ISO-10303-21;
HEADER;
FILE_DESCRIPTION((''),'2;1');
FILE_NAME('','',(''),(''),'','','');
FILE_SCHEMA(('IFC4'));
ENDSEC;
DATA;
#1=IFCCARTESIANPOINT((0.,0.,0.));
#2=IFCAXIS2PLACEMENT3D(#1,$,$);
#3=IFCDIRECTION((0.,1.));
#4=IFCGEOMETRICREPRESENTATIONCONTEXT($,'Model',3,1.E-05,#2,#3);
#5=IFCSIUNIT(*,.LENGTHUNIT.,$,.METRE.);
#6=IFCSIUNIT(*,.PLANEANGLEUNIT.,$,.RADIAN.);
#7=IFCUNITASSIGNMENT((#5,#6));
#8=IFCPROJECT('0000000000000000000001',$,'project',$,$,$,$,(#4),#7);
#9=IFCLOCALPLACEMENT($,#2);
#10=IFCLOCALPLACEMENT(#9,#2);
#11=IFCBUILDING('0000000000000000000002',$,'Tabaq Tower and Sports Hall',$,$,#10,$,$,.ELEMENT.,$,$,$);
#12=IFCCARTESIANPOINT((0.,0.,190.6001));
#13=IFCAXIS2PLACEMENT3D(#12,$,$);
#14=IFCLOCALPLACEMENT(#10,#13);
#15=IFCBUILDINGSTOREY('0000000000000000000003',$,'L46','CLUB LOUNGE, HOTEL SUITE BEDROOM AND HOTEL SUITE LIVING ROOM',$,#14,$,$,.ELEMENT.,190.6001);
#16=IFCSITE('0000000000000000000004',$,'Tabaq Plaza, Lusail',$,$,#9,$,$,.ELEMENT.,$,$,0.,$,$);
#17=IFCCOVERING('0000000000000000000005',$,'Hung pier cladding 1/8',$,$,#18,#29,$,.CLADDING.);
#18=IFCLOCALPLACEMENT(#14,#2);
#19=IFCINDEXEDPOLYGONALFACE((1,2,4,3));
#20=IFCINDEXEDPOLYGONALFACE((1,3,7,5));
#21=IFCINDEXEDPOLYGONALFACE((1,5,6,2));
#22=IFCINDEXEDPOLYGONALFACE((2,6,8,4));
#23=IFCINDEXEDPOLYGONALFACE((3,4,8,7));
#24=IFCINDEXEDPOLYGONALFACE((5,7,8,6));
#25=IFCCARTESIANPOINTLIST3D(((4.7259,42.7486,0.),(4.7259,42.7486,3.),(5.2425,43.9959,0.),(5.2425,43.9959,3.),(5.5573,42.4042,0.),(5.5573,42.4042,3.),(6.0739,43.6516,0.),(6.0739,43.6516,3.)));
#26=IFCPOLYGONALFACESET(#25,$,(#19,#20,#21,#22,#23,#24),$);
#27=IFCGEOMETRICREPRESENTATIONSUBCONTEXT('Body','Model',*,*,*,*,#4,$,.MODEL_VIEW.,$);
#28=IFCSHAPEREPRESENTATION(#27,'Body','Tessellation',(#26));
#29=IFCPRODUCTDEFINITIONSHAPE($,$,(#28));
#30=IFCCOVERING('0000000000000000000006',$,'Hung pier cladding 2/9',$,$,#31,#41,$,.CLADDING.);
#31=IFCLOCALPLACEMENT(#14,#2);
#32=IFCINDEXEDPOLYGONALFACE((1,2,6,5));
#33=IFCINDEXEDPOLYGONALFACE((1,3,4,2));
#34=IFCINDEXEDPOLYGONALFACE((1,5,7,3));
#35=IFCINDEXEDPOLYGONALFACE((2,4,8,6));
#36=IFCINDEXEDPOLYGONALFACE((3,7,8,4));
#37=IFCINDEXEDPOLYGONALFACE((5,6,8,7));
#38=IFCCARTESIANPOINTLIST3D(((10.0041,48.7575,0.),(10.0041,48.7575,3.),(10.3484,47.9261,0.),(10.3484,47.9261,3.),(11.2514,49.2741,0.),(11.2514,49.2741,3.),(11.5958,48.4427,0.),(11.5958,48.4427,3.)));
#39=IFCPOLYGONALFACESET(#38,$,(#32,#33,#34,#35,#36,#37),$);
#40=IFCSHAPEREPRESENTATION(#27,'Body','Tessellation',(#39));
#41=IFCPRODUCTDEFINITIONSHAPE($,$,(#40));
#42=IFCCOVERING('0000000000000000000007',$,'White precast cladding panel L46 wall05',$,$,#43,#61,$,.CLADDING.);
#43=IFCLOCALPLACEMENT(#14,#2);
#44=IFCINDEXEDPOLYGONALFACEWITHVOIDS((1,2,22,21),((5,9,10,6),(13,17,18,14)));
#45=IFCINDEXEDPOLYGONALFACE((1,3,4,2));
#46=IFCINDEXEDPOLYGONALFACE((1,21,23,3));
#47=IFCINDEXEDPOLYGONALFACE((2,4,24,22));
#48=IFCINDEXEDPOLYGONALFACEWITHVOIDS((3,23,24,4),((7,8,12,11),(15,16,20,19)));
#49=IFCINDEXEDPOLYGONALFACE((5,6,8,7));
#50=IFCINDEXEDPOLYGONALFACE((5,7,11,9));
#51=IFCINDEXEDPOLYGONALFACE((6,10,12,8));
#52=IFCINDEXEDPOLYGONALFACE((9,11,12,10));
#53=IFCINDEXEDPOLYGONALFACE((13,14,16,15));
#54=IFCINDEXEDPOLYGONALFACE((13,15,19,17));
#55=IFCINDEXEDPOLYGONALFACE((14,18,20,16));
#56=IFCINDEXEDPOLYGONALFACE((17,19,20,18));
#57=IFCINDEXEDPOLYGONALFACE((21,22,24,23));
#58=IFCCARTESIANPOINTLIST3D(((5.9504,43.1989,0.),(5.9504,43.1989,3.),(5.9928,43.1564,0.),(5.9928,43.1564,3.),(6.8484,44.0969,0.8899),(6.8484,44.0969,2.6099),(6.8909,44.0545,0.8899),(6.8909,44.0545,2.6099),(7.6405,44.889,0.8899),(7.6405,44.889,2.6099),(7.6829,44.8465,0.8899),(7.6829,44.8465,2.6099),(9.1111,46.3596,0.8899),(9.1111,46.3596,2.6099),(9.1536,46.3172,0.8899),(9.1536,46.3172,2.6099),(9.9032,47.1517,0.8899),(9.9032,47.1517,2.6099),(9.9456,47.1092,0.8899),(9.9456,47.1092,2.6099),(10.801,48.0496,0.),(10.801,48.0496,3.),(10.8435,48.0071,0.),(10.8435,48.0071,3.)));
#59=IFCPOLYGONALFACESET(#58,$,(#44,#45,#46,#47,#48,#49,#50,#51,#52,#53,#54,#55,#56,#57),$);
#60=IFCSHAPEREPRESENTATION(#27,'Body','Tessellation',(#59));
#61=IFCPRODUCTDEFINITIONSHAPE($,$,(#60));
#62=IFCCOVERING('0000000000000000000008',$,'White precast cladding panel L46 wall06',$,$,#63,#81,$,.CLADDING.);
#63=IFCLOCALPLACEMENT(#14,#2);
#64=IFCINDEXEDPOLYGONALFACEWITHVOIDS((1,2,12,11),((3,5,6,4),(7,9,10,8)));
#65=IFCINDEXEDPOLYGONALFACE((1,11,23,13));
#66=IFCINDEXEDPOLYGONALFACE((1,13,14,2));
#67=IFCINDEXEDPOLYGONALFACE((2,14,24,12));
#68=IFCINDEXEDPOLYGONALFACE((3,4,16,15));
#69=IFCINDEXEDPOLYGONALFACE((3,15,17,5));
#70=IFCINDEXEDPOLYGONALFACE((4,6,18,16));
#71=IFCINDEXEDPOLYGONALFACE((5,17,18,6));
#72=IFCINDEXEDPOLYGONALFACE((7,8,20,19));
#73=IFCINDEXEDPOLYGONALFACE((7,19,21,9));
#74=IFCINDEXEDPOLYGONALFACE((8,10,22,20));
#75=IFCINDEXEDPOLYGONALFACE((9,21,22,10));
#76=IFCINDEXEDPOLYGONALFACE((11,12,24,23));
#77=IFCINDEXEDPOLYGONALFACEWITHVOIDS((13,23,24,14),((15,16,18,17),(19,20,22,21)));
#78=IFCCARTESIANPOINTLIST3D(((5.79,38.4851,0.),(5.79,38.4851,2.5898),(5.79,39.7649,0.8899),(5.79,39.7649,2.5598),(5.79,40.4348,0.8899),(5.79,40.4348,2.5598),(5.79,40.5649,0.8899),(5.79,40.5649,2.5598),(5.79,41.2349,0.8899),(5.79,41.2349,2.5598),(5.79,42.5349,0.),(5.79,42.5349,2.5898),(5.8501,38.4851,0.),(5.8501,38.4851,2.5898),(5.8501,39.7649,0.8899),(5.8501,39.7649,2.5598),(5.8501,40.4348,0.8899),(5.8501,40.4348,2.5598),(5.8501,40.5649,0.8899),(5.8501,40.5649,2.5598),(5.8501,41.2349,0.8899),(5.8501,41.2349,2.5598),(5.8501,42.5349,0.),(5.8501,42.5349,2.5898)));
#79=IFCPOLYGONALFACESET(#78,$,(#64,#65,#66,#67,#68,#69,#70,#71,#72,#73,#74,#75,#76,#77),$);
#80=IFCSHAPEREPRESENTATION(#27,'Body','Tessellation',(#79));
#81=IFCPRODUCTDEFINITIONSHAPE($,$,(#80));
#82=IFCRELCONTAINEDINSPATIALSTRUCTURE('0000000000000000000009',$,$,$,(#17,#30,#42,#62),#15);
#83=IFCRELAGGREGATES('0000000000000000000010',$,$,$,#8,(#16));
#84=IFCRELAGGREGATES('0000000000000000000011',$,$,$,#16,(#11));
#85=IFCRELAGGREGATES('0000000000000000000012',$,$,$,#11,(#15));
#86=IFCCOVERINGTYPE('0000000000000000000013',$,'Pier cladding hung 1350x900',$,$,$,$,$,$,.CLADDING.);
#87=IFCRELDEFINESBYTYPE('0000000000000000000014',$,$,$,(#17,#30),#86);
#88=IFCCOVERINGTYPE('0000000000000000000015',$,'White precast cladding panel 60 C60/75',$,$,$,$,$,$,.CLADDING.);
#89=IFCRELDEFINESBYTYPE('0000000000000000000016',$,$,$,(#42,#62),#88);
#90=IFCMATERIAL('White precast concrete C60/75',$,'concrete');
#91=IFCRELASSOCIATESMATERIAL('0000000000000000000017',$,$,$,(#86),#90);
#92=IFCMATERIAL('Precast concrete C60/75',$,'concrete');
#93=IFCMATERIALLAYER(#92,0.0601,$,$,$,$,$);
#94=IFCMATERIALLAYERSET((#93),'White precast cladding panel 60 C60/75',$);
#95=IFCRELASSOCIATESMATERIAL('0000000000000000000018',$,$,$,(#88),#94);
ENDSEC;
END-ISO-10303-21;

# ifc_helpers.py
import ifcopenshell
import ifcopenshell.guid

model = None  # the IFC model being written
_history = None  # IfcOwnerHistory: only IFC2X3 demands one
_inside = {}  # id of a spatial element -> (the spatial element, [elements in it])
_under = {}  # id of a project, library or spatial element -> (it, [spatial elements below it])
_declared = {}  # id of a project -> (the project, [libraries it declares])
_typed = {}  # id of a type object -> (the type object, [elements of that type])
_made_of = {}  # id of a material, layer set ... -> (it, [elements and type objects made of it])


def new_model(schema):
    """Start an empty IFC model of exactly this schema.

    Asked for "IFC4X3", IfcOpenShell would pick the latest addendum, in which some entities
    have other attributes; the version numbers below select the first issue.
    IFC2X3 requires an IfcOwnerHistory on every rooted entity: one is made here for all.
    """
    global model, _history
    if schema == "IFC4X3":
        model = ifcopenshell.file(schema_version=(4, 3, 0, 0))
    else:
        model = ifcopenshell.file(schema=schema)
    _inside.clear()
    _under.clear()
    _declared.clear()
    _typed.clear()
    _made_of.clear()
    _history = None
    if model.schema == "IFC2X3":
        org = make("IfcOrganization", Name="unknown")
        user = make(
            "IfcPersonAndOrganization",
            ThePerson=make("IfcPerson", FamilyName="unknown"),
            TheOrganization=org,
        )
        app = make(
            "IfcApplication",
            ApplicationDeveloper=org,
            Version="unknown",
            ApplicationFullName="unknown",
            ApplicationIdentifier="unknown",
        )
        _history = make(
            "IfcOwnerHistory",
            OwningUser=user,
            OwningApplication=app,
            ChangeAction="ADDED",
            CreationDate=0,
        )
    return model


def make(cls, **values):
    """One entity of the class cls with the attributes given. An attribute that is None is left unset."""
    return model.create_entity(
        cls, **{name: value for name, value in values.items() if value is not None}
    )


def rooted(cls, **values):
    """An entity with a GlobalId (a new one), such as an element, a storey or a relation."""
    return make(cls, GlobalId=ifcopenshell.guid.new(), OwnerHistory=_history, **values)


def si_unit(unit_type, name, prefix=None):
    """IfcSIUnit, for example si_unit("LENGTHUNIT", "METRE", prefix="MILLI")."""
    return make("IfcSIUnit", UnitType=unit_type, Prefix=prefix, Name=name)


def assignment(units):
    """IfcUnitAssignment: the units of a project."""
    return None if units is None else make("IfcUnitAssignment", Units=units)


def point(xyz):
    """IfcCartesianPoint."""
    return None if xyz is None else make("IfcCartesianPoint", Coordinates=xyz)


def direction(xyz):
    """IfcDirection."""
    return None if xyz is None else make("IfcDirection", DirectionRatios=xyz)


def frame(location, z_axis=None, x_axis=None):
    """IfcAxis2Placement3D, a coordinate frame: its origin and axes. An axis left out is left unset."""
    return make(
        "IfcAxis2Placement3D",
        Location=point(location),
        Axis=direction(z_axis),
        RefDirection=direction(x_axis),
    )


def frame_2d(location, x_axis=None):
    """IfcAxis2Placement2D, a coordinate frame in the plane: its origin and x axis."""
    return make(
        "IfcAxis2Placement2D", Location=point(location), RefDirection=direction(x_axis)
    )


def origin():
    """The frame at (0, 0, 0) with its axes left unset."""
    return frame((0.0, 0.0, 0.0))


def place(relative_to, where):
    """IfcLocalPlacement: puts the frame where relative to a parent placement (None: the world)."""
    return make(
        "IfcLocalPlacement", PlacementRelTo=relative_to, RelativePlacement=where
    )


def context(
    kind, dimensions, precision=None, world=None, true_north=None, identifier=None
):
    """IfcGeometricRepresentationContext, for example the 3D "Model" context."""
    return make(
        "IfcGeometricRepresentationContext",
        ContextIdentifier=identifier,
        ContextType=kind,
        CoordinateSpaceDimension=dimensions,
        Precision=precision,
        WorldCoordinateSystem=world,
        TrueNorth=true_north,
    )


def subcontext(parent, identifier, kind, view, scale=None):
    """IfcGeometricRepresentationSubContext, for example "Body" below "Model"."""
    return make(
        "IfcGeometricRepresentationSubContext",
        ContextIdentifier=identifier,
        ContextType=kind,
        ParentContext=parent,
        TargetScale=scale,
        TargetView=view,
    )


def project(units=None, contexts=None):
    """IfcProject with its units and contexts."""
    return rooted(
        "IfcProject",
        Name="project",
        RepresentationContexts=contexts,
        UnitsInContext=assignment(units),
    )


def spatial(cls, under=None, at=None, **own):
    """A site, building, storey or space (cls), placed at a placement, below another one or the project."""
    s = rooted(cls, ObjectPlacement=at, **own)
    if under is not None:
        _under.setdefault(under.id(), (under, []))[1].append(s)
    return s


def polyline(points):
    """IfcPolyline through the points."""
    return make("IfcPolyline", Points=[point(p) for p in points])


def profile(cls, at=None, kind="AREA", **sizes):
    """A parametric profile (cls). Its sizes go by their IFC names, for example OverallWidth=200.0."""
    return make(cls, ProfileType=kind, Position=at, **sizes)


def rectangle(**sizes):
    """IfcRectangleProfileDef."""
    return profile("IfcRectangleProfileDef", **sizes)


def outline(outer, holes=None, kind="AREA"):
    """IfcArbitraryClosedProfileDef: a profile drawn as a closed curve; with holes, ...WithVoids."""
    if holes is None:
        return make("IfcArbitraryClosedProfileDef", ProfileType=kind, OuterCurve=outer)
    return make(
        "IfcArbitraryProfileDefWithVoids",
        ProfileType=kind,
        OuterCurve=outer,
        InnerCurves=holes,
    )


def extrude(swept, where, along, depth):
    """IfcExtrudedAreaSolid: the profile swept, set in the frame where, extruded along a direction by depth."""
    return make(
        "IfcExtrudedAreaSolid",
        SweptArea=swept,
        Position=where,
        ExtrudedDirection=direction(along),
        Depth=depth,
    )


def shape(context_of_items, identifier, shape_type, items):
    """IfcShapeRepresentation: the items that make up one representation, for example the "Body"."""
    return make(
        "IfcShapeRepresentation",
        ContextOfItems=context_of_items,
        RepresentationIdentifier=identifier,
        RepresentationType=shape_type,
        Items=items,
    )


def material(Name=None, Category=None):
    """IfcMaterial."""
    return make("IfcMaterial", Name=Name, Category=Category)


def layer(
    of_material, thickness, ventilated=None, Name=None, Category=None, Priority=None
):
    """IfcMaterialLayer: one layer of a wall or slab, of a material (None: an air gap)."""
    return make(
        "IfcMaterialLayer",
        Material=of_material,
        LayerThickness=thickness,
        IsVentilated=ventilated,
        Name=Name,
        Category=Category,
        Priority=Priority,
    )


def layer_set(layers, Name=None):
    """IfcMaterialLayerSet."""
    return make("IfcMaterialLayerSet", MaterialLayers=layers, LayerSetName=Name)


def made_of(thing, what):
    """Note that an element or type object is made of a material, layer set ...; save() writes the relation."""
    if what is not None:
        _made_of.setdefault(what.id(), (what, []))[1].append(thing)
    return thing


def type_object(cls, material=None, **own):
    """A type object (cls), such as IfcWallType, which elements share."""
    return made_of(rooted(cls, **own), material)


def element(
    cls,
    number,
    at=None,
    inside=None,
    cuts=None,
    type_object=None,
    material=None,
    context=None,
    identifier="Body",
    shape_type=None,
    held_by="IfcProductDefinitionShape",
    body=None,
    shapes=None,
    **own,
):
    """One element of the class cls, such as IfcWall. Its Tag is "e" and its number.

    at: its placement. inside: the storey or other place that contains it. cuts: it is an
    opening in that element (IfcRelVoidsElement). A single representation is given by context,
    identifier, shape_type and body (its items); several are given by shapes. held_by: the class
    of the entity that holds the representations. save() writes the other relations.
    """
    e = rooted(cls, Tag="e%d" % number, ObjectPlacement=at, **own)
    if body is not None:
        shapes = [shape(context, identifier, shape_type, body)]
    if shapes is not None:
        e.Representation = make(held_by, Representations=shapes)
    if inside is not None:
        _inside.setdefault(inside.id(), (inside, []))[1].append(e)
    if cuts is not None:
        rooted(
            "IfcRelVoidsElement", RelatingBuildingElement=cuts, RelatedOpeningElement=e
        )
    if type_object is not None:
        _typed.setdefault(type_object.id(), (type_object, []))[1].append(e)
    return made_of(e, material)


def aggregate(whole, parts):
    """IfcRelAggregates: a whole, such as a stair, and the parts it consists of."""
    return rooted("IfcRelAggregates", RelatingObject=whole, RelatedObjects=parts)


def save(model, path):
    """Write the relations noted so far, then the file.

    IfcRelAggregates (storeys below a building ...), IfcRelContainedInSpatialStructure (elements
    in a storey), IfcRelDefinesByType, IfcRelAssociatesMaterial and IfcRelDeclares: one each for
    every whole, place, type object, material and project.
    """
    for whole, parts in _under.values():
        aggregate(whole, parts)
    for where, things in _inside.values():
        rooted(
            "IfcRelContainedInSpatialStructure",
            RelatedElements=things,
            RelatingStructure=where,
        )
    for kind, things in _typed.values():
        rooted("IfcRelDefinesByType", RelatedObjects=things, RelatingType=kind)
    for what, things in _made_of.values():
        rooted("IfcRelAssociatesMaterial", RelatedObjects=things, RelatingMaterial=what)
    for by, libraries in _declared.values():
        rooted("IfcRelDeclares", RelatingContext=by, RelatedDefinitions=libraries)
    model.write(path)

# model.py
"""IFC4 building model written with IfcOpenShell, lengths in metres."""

from ifc_helpers import new_model, si_unit, direction, frame, frame_2d, origin, place, context, subcontext, project, spatial, polyline, rectangle, outline, extrude, material, layer, layer_set, type_object, element, save


model = new_model("IFC4")

# Units and contexts
model_context = context("Model", 3, precision=1e-05, world=origin(), true_north=direction((0.0, 1.0)))
body_context = subcontext(model_context, "Body", "Model", "MODEL_VIEW")
ifc_project = project(units=[si_unit("LENGTHUNIT", "METRE"), si_unit("PLANEANGLEUNIT", "RADIAN")], contexts=[model_context])

# Site, building, storey
site_placement = place(None, origin())
site = spatial("IfcSite", under=ifc_project, at=site_placement, Name="Tabaq Plaza, Lusail", CompositionType="ELEMENT", RefElevation=0.0)
building_placement = place(site_placement, origin())
building = spatial("IfcBuilding", under=site, at=building_placement, Name="Tabaq Tower and Sports Hall", CompositionType="ELEMENT")
storey_placement = place(building_placement, frame((0.0, 0.0, 190.6001)))
storey = spatial("IfcBuildingStorey", under=building, at=storey_placement, Name="L46", Description="CLUB LOUNGE, HOTEL SUITE BEDROOM AND HOTEL SUITE LIVING ROOM", CompositionType="ELEMENT", Elevation=190.6001)

# Coverings
ifc_material_1 = material(Name="White precast concrete C60/75", Category="concrete")
covering_type_1 = type_object("IfcCoveringType", Name="Pier cladding hung 1350x900", PredefinedType="CLADDING", material=ifc_material_1)
for number, where, z_axis, x_axis, name in (
    (1, (5.6582, 43.8237, 0.0), (0.0, 0.0, 1.0), (-0.38265, -0.923893, 0.0), "Hung pier cladding 1/8"),
    (2, (11.4236, 48.8584, 0.0), (0.0, 0.0, 1.0), (-0.923893, -0.38265, 0.0), "Hung pier cladding 2/9"),
):
    element("IfcCovering", number, at=place(storey_placement, frame(where, z_axis=z_axis, x_axis=x_axis)), inside=storey, type_object=covering_type_1, Name=name, PredefinedType="CLADDING", context=body_context, shape_type="SweptSolid", body=[
        extrude(rectangle(XDim=1.3501, YDim=0.8999, at=frame_2d((0.675, 0.0))), origin(), (0.0, 0.0, 1.0), 3.0),
    ])
ifc_material_2 = material(Name="Precast concrete C60/75", Category="concrete")
ifc_layer_1 = layer(ifc_material_2, 0.0601)
ifc_layer_set_1 = layer_set([ifc_layer_1], Name="White precast cladding panel 60 C60/75")
covering_type_2 = type_object("IfcCoveringType", Name="White precast cladding panel 60 C60/75", PredefinedType="CLADDING", material=ifc_layer_set_1)
covering_1_placement = place(storey_placement, frame((10.8223, 48.0283, 0.0), z_axis=(0.0, 0.0, 1.0), x_axis=(-0.707107, -0.707107, 0.0)))
element("IfcCovering", 3, at=covering_1_placement, inside=storey, type_object=covering_type_2, Name="White precast cladding panel L46 wall05", PredefinedType="CLADDING", context=body_context, shape_type="SweptSolid", body=[
    extrude(outline(polyline([(0.0, 0.0), (6.8599, 0.0), (6.8599, 3.0), (0.0, 3.0), (0.0, 0.0)]), holes=[polyline([(1.2698, 2.6099), (2.3899, 2.6099), (2.3899, 0.8899), (1.2698, 0.8899), (1.2698, 2.6099)]), polyline([(4.4697, 2.6099), (5.5898, 2.6099), (5.5898, 0.8899), (4.4697, 0.8899), (4.4697, 2.6099)])]), frame((0.0, 0.03, 0.0), z_axis=(0.0, -1.0, 0.0), x_axis=(1.0, 0.0, 0.0)), (0.0, 0.0, 1.0), 0.0601),
])
covering_2_placement = place(storey_placement, frame((5.8201, 42.5349, 0.0), z_axis=(0.0, 0.0, 1.0), x_axis=(0.0, -1.0, 0.0)))
element("IfcCovering", 4, at=covering_2_placement, inside=storey, type_object=covering_type_2, Name="White precast cladding panel L46 wall06", PredefinedType="CLADDING", context=body_context, shape_type="SweptSolid", body=[
    extrude(outline(polyline([(0.0, 0.0), (4.0498, 0.0), (4.0498, 2.5898), (0.0, 2.5898), (0.0, 0.0)]), holes=[polyline([(1.3, 0.8899), (1.3, 2.5598), (1.97, 2.5598), (1.97, 0.8899), (1.3, 0.8899)]), polyline([(2.1001, 0.8899), (2.1001, 2.5598), (2.77, 2.5598), (2.77, 0.8899), (2.1001, 0.8899)])]), frame((0.0, 0.03, 0.0), z_axis=(0.0, -1.0, 0.0), x_axis=(1.0, 0.0, 0.0)), (0.0, 0.0, 1.0), 0.0601),
])

save(model, "model.ifc")
